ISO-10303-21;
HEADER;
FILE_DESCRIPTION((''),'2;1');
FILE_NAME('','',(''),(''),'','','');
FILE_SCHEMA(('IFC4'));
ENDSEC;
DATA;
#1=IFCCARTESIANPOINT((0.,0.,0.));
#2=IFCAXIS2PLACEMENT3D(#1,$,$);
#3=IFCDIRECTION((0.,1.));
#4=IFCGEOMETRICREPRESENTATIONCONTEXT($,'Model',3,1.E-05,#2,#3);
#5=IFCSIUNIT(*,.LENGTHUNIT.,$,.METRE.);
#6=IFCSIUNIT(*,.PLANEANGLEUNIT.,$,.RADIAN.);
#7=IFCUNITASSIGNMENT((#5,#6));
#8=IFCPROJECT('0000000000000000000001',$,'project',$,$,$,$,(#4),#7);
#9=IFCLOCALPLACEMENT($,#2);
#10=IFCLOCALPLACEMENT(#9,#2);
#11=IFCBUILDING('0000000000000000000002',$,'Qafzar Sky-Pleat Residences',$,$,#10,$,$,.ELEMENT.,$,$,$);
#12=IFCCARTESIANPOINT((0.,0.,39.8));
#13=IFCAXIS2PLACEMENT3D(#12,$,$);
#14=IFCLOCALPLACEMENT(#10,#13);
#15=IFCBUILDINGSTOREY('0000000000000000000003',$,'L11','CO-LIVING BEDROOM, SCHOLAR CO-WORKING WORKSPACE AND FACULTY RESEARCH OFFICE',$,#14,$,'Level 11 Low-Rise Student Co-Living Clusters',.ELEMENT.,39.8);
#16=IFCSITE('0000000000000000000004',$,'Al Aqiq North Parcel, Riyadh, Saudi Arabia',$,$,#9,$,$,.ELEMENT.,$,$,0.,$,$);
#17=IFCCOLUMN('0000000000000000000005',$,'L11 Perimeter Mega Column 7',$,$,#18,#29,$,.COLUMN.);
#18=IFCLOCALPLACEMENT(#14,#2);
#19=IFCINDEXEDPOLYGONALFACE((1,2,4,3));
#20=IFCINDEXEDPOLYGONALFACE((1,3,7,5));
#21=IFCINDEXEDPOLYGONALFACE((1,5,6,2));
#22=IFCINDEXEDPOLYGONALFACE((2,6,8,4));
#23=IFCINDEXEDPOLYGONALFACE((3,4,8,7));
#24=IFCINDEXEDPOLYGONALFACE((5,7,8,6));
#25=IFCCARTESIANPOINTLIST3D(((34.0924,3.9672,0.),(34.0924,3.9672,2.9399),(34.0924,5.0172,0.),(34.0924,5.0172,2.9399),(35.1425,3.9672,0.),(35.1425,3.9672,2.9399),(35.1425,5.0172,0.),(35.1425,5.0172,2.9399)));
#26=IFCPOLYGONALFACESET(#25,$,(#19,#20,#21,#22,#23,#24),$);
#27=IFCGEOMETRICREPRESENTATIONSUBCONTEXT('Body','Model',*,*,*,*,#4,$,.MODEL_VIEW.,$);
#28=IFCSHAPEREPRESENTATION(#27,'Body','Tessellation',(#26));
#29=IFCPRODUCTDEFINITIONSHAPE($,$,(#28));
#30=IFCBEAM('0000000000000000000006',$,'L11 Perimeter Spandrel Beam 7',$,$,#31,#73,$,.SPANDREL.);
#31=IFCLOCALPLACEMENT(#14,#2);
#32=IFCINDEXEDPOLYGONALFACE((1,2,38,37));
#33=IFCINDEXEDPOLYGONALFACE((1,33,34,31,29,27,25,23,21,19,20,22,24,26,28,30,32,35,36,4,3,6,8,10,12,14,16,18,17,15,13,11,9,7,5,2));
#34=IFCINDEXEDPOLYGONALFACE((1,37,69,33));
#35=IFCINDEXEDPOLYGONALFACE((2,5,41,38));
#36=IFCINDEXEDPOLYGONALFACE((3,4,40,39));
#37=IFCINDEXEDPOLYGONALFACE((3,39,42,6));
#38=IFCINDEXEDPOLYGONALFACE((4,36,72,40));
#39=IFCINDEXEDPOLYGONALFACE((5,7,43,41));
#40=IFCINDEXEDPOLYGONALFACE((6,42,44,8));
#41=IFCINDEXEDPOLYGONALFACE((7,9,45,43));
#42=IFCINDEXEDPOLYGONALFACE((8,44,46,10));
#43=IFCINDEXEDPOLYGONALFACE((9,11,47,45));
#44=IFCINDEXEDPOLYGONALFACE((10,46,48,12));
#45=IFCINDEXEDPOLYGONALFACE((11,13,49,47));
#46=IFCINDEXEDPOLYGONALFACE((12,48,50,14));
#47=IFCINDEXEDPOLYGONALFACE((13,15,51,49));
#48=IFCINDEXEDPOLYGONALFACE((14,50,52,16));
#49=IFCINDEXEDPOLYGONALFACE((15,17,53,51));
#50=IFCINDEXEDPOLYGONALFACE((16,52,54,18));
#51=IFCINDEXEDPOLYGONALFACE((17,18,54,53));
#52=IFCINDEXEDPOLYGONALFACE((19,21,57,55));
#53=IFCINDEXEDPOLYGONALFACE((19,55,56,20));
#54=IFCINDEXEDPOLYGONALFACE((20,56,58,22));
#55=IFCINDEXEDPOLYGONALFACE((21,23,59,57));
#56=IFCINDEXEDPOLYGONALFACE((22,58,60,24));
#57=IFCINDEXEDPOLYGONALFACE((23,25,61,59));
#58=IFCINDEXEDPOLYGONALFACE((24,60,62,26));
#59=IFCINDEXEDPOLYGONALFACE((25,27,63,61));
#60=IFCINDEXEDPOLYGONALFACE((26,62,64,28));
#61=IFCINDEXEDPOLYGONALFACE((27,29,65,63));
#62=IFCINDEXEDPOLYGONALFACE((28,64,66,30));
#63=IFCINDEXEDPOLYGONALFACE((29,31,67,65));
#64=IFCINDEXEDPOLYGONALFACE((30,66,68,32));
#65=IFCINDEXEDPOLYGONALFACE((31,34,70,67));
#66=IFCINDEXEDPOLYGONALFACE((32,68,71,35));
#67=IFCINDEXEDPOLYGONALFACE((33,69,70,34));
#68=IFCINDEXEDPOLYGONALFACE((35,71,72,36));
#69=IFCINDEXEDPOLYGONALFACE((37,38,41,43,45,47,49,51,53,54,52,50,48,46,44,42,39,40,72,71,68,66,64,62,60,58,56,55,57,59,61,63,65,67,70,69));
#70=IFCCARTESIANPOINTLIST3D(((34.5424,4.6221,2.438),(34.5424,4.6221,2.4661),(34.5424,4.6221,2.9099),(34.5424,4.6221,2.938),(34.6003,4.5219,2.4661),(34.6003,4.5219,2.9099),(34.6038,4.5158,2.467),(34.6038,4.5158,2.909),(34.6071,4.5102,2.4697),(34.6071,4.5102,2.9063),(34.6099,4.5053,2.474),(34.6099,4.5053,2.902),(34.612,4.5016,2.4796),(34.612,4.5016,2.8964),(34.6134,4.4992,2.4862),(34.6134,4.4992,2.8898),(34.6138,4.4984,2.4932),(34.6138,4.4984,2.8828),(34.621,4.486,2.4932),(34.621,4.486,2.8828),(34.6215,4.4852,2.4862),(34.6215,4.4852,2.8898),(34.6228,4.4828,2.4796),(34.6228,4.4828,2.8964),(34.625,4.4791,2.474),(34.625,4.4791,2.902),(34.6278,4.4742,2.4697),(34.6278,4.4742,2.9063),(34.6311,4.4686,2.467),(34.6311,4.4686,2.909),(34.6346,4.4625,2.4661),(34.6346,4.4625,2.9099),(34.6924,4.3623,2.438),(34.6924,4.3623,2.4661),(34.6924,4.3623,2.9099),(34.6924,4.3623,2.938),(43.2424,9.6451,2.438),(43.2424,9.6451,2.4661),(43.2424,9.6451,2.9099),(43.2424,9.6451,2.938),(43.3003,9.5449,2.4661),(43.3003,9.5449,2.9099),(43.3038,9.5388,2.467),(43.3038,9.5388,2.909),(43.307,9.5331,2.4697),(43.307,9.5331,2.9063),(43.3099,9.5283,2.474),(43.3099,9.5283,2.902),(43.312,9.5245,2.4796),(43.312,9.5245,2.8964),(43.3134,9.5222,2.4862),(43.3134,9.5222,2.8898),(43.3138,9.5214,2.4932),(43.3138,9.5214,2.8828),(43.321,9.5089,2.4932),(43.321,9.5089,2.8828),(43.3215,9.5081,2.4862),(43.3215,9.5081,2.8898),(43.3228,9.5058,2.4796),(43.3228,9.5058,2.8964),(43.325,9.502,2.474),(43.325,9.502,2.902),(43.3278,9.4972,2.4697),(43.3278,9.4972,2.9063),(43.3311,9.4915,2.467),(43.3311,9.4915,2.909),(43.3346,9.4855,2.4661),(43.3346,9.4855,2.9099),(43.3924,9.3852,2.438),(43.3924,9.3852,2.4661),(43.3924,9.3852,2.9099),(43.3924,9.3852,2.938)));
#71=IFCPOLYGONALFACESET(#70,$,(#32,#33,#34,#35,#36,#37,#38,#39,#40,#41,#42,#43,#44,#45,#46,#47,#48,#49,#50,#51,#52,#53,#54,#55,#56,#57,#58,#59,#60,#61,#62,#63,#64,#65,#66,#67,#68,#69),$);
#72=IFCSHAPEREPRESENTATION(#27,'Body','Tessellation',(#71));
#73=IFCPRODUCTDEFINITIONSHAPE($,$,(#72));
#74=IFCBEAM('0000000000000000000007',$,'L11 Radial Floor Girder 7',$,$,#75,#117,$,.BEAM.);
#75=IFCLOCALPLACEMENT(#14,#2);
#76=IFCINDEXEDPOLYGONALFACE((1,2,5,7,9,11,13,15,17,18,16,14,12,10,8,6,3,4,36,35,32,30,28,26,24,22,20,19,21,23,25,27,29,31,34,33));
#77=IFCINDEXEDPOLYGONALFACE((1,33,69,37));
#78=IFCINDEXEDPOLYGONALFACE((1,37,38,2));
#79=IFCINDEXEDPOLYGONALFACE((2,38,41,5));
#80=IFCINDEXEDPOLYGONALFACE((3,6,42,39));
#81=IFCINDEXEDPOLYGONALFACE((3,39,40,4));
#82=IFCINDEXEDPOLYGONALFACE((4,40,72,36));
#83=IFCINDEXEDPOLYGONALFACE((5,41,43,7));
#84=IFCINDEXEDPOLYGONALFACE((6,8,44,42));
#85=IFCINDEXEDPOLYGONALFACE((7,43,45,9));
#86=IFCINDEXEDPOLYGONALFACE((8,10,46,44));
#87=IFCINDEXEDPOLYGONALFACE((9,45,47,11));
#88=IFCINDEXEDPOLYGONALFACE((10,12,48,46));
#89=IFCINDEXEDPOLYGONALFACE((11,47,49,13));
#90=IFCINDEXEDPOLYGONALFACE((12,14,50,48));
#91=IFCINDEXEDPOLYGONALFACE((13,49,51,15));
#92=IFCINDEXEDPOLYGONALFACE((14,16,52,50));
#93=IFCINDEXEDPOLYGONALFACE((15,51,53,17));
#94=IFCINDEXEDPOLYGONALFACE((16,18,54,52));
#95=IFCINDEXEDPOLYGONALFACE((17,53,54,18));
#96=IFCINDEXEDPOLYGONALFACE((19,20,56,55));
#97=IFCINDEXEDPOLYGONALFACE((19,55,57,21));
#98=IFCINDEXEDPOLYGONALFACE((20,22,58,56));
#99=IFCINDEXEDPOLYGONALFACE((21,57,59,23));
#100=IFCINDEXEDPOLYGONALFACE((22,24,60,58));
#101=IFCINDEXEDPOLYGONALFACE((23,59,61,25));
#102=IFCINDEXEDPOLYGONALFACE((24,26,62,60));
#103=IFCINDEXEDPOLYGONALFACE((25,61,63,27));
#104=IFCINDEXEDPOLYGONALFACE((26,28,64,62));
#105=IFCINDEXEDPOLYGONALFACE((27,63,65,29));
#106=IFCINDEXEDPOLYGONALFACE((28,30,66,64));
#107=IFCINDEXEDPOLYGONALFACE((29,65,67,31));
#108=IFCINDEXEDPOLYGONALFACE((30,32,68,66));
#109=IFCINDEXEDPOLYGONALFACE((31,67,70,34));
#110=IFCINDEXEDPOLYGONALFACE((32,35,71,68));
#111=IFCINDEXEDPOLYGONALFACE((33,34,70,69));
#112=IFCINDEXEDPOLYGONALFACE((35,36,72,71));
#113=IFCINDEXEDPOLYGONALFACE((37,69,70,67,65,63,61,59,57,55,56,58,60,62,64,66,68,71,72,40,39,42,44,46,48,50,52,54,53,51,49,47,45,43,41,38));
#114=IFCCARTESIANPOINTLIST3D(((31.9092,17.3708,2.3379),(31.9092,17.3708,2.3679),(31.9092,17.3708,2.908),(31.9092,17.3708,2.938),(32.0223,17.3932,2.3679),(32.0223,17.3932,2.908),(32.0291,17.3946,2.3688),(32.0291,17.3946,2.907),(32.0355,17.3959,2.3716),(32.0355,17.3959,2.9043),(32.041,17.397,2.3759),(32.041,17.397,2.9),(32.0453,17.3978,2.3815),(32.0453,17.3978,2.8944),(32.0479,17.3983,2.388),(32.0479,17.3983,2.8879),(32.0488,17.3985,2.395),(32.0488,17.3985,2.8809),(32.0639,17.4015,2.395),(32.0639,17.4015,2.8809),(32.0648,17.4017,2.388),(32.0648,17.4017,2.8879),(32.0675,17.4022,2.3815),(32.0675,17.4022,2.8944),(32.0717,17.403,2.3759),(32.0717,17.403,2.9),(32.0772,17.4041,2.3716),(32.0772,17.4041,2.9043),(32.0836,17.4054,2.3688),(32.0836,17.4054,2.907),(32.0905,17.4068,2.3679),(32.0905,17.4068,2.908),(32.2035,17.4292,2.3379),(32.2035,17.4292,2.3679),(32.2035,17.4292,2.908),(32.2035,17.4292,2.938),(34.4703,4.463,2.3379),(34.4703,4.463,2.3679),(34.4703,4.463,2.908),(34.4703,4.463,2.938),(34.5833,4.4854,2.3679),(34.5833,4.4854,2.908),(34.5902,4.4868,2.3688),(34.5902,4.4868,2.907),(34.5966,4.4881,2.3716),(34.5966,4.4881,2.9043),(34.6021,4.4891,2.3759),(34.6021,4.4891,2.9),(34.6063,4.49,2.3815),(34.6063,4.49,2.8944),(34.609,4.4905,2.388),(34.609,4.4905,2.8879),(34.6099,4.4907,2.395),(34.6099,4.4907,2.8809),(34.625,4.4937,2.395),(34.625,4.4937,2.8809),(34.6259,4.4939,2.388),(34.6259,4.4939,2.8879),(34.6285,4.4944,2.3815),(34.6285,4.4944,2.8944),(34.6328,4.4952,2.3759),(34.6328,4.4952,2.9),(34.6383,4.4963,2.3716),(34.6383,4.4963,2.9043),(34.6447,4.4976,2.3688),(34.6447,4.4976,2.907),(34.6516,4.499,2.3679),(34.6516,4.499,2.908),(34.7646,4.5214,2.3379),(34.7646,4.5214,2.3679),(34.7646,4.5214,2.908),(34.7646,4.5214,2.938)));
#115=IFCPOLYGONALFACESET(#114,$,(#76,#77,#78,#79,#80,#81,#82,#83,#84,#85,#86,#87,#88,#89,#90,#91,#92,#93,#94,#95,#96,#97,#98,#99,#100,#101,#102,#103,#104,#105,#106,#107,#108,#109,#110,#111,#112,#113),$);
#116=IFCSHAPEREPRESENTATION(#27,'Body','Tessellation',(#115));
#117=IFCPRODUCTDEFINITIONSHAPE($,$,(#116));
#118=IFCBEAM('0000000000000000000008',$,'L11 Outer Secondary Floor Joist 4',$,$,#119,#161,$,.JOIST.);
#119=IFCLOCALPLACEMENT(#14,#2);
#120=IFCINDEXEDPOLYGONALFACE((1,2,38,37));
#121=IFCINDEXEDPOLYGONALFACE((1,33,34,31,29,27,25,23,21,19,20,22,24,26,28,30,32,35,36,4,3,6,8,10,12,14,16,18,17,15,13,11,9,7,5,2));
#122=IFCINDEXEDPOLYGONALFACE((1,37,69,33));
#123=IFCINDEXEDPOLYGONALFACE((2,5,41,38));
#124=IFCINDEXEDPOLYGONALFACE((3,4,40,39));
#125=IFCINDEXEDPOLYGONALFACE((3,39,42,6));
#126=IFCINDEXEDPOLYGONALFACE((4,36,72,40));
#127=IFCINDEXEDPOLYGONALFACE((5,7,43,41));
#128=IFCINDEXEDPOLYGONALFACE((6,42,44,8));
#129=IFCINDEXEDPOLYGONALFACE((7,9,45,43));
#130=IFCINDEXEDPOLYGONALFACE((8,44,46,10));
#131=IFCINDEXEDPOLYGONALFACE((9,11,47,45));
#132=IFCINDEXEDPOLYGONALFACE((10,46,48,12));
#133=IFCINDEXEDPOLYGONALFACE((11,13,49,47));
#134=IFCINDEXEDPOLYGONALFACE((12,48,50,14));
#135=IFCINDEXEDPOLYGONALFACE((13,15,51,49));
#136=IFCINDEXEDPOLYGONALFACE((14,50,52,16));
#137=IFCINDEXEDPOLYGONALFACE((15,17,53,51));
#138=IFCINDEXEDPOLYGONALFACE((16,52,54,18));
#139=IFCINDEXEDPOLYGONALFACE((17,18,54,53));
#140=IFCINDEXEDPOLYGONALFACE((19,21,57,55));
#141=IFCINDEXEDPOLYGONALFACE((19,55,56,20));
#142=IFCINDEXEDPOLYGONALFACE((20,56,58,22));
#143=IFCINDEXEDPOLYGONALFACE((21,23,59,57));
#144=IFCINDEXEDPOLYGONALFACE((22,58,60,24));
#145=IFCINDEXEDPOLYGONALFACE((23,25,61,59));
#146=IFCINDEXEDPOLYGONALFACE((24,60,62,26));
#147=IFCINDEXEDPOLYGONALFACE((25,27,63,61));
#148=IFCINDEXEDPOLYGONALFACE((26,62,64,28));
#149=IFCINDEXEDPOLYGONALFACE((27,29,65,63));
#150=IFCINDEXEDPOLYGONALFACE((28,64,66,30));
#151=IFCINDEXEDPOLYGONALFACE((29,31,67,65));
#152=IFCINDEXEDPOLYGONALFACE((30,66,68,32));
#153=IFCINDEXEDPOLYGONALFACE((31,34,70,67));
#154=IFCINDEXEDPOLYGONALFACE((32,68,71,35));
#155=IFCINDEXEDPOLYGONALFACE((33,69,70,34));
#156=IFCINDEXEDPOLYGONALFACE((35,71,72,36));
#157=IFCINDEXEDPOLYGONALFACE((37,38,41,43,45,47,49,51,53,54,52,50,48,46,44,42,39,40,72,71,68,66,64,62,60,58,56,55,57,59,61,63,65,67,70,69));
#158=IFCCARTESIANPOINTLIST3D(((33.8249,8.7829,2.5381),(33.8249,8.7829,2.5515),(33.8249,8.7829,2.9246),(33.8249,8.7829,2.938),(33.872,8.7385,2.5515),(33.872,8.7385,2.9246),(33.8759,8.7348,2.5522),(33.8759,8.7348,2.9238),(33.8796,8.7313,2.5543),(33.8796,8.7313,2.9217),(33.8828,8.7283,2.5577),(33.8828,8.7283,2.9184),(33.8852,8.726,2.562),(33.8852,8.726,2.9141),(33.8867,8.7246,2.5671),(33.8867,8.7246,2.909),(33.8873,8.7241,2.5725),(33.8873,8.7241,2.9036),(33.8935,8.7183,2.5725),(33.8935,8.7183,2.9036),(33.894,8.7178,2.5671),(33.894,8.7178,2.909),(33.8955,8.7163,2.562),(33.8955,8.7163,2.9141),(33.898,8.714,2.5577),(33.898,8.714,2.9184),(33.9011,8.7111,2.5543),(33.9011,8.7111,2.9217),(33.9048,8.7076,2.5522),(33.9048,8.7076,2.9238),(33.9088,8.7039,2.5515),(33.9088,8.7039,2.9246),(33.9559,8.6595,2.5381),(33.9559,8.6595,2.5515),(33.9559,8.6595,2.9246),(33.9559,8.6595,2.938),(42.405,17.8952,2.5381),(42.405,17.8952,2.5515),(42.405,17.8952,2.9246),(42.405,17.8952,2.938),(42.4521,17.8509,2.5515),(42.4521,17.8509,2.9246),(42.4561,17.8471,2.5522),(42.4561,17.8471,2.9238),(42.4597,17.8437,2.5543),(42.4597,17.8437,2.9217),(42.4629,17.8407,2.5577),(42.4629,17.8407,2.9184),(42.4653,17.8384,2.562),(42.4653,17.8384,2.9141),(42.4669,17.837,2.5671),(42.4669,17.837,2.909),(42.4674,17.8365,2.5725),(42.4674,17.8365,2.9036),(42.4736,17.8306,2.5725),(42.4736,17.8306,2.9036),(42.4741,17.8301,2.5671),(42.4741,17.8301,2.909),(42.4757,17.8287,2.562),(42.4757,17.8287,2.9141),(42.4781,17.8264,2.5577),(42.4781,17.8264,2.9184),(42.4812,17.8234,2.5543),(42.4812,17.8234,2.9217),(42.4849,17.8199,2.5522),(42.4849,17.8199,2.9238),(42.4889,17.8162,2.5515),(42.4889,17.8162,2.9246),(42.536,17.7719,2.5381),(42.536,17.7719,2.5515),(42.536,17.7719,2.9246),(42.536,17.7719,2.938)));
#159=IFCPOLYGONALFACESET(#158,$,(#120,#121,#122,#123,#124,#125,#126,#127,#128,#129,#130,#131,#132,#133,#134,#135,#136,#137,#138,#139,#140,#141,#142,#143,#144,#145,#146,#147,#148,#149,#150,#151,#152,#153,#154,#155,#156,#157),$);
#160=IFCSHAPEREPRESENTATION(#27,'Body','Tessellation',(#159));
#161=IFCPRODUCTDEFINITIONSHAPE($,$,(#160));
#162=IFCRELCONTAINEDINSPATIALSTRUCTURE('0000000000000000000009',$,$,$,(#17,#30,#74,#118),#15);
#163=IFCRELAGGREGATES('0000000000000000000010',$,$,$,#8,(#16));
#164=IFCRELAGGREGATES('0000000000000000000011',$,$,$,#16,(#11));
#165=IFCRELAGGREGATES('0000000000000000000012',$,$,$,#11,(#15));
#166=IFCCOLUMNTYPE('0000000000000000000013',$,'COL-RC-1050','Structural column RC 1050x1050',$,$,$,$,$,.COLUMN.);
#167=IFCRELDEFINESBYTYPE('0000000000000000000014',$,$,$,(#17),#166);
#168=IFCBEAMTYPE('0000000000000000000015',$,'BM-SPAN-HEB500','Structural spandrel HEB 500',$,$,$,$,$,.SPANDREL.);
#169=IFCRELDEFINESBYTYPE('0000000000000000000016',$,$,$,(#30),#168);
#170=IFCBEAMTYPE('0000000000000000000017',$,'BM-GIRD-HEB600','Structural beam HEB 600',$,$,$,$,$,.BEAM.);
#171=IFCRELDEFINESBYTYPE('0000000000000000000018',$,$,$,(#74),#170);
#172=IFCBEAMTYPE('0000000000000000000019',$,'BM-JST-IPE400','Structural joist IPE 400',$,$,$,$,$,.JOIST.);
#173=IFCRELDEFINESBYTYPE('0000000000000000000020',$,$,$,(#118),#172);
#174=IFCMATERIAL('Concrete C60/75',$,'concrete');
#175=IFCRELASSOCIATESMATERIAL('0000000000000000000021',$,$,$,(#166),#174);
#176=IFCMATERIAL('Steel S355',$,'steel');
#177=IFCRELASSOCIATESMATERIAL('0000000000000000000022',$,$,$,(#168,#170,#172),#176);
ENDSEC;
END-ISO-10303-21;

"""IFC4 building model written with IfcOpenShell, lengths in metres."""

from ifc_helpers import new_model, si_unit, direction, frame, origin, origin_2d, place, context, subcontext, project, spatial, rectangle, i_section, extrude, source, transform, mapped, material, material_profile, profile_set, type_object, element, save


model = new_model("IFC4")

# Units and contexts
model_context = context("Model", 3, precision=1e-05, world=origin(), true_north=direction((0.0, 1.0)))
body_context = subcontext(model_context, "Body", "Model", "MODEL_VIEW")
ifc_project = project(units=[si_unit("LENGTHUNIT", "METRE"), si_unit("PLANEANGLEUNIT", "RADIAN")], contexts=[model_context])

# Site, building, storey
site_placement = place(None, origin())
site = spatial("IfcSite", under=ifc_project, at=site_placement, Name="Al Aqiq North Parcel, Riyadh, Saudi Arabia", CompositionType="ELEMENT", RefElevation=0.0)
building_placement = place(site_placement, origin())
building = spatial("IfcBuilding", under=site, at=building_placement, Name="Qafzar Sky-Pleat Residences", CompositionType="ELEMENT")
storey_placement = place(building_placement, frame((0.0, 0.0, 39.8)))
storey = spatial("IfcBuildingStorey", under=building, at=storey_placement, Name="L11", Description="CO-LIVING BEDROOM, SCHOLAR CO-WORKING WORKSPACE AND FACULTY RESEARCH OFFICE", LongName="Level 11 Low-Rise Student Co-Living Clusters", CompositionType="ELEMENT", Elevation=39.8)

# Column
ifc_material_1 = material(Name="Concrete C60/75", Category="concrete")
ifc_material_profile_1 = material_profile(ifc_material_1, rectangle(XDim=1.05, YDim=1.05, at=origin_2d()), Name="RC 1050x1050")
ifc_profile_set_1 = profile_set([ifc_material_profile_1], Name="Concrete C60/75")
column_type = type_object("IfcColumnType", Name="COL-RC-1050", Description="Structural column RC 1050x1050", PredefinedType="COLUMN", material=ifc_profile_set_1)
shared_shape_1 = source(origin(), body_context, "Body", "SweptSolid", [
    extrude(rectangle(XDim=1.05, YDim=1.05, at=origin_2d()), origin(), (0.0, 0.0, 1.0), 2.9399),
])
column_placement = place(storey_placement, frame((34.6174, 4.4922, 0.0), z_axis=(0.0, 0.0, 1.0), x_axis=(1.0, 0.0, 0.0)))
element("IfcColumn", 1, at=column_placement, inside=storey, type_object=column_type, Name="L11 Perimeter Mega Column 7", PredefinedType="COLUMN", context=body_context, shape_type="MappedRepresentation", body=[
    mapped(shared_shape_1, transform((0.0, 0.0, 0.0), x_axis=(1.0, 0.0, 0.0), y_axis=(0.0, 1.0, 0.0), z_axis=(0.0, 0.0, 1.0), scale=1.0)),
])

# Beams
ifc_material_2 = material(Name="Steel S355", Category="steel")
ifc_material_profile_2 = material_profile(ifc_material_2, i_section(OverallWidth=0.3, OverallDepth=0.5, WebThickness=0.0144, FlangeThickness=0.0281, FilletRadius=0.0271, at=origin_2d()), Name="HEB 500")
ifc_profile_set_2 = profile_set([ifc_material_profile_2], Name="Steel S355")
beam_type_1 = type_object("IfcBeamType", Name="BM-SPAN-HEB500", Description="Structural spandrel HEB 500", PredefinedType="SPANDREL", material=ifc_profile_set_2)
shared_shape_2 = source(origin(), body_context, "Body", "SweptSolid", [
    extrude(i_section(OverallWidth=0.3, OverallDepth=0.5, WebThickness=0.0144, FlangeThickness=0.0281, FilletRadius=0.0271, at=origin_2d()), origin(), (0.0, 0.0, 1.0), 10.0459),
])
beam_1_placement = place(storey_placement, frame((34.6174, 4.4922, 2.688), z_axis=(0.866024, 0.500002, 0.0), x_axis=(-0.500002, 0.866024, 0.0)))
element("IfcBeam", 2, at=beam_1_placement, inside=storey, type_object=beam_type_1, Name="L11 Perimeter Spandrel Beam 7", PredefinedType="SPANDREL", context=body_context, shape_type="MappedRepresentation", body=[
    mapped(shared_shape_2, transform((0.0, 0.0, 0.0), x_axis=(1.0, 0.0, 0.0), y_axis=(0.0, 1.0, 0.0), z_axis=(0.0, 0.0, 1.0), scale=1.0)),
])
ifc_material_profile_3 = material_profile(ifc_material_2, i_section(OverallWidth=0.3, OverallDepth=0.6001, WebThickness=0.0154, FlangeThickness=0.03, FilletRadius=0.0271, at=origin_2d()), Name="HEB 600")
ifc_profile_set_3 = profile_set([ifc_material_profile_3], Name="Steel S355")
beam_type_2 = type_object("IfcBeamType", Name="BM-GIRD-HEB600", Description="Structural beam HEB 600", PredefinedType="BEAM", material=ifc_profile_set_3)
shared_shape_3 = source(origin(), body_context, "Body", "SweptSolid", [
    extrude(i_section(OverallWidth=0.3, OverallDepth=0.6001, WebThickness=0.0154, FlangeThickness=0.03, FilletRadius=0.0271, at=origin_2d()), origin(), (0.0, 0.0, 1.0), 13.1594),
])
beam_2_placement = place(storey_placement, frame((34.6174, 4.4922, 2.6379), z_axis=(-0.194617, 0.980879, 0.0), x_axis=(-0.980879, -0.194617, 0.0)))
element("IfcBeam", 3, at=beam_2_placement, inside=storey, type_object=beam_type_2, Name="L11 Radial Floor Girder 7", PredefinedType="BEAM", context=body_context, shape_type="MappedRepresentation", body=[
    mapped(shared_shape_3, transform((0.0, 0.0, 0.0), x_axis=(1.0, 0.0, 0.0), y_axis=(0.0, 1.0, 0.0), z_axis=(0.0, 0.0, 1.0), scale=1.0)),
])
ifc_material_profile_4 = material_profile(ifc_material_2, i_section(OverallWidth=0.1799, OverallDepth=0.3999, WebThickness=0.0085, FlangeThickness=0.0134, FilletRadius=0.021, at=origin_2d()), Name="IPE 400")
ifc_profile_set_4 = profile_set([ifc_material_profile_4], Name="Steel S355")
beam_type_3 = type_object("IfcBeamType", Name="BM-JST-IPE400", Description="Structural joist IPE 400", PredefinedType="JOIST", material=ifc_profile_set_4)
shared_shape_4 = source(origin(), body_context, "Body", "SweptSolid", [
    extrude(i_section(OverallWidth=0.1799, OverallDepth=0.3999, WebThickness=0.0085, FlangeThickness=0.0134, FilletRadius=0.021, at=origin_2d()), origin(), (0.0, 0.0, 1.0), 12.5161),
])
beam_3_placement = place(storey_placement, frame((33.8904, 8.7212, 2.738), z_axis=(0.685525, 0.728049, 0.0), x_axis=(-0.728049, 0.685525, 0.0)))
element("IfcBeam", 4, at=beam_3_placement, inside=storey, type_object=beam_type_3, Name="L11 Outer Secondary Floor Joist 4", PredefinedType="JOIST", context=body_context, shape_type="MappedRepresentation", body=[
    mapped(shared_shape_4, transform((0.0, 0.0, 0.0), x_axis=(1.0, 0.0, 0.0), y_axis=(0.0, 1.0, 0.0), z_axis=(0.0, 0.0, 1.0), scale=1.0)),
])

save(model, "model.ifc")
